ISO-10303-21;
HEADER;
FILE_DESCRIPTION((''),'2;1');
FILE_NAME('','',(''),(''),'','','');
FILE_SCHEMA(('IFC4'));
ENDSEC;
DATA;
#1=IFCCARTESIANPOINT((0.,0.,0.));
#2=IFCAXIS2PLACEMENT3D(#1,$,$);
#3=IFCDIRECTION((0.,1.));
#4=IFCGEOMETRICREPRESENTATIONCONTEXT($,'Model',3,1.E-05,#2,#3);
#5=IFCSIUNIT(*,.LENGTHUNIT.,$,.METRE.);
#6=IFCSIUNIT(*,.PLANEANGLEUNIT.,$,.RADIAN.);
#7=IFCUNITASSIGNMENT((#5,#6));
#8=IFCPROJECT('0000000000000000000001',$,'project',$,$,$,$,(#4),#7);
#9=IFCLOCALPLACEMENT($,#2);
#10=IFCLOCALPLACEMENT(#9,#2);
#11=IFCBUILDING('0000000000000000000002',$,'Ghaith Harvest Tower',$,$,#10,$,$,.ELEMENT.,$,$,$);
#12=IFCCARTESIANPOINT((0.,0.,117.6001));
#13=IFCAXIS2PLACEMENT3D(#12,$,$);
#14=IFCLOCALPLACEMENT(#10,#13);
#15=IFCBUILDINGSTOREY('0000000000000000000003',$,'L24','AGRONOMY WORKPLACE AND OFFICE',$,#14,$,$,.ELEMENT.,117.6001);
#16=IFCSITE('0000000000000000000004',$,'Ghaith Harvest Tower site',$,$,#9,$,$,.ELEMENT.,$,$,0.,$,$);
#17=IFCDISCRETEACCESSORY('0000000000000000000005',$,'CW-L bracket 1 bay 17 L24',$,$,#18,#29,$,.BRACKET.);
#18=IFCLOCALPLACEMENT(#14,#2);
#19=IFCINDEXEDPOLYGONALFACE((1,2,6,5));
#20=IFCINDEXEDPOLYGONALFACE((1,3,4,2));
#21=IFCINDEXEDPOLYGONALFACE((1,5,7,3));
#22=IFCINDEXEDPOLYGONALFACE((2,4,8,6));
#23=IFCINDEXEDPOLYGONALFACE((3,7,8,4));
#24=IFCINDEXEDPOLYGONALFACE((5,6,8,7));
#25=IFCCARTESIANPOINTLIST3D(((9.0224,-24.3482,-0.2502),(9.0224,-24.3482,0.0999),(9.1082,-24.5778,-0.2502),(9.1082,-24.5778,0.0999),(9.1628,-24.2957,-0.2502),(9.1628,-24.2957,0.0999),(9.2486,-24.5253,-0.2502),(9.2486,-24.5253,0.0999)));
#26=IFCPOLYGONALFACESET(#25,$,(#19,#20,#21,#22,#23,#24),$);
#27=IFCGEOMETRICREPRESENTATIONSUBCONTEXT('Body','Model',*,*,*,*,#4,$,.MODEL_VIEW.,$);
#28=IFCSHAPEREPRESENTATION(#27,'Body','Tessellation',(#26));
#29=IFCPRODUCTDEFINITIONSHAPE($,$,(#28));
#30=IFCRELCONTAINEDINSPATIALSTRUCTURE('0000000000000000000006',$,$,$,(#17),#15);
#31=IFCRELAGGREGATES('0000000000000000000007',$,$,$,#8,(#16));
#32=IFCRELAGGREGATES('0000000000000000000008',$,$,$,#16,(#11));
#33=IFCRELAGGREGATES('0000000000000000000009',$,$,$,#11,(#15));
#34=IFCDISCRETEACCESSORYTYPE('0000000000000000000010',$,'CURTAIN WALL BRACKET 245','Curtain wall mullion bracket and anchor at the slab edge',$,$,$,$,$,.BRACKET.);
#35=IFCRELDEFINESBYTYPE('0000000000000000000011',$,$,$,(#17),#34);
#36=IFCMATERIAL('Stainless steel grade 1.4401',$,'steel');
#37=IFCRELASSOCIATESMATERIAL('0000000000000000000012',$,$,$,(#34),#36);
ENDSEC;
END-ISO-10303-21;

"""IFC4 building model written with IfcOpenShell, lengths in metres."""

from ifc_helpers import new_model, si_unit, direction, frame, origin, origin_2d, place, context, subcontext, project, spatial, rectangle, extrude, material, type_object, element, save


model = new_model("IFC4")

# Units and contexts
model_context = context("Model", 3, precision=1e-05, world=origin(), true_north=direction((0.0, 1.0)))
body_context = subcontext(model_context, "Body", "Model", "MODEL_VIEW")
ifc_project = project(units=[si_unit("LENGTHUNIT", "METRE"), si_unit("PLANEANGLEUNIT", "RADIAN")], contexts=[model_context])

# Site, building, storey
site_placement = place(None, origin())
site = spatial("IfcSite", under=ifc_project, at=site_placement, Name="Ghaith Harvest Tower site", CompositionType="ELEMENT", RefElevation=0.0)
building_placement = place(site_placement, origin())
building = spatial("IfcBuilding", under=site, at=building_placement, Name="Ghaith Harvest Tower", CompositionType="ELEMENT")
storey_placement = place(building_placement, frame((0.0, 0.0, 117.6001)))
storey = spatial("IfcBuildingStorey", under=building, at=storey_placement, Name="L24", Description="AGRONOMY WORKPLACE AND OFFICE", CompositionType="ELEMENT", Elevation=117.6001)

# Discrete accessory
ifc_material_1 = material(Name="Stainless steel grade 1.4401", Category="steel")
discrete_accessory_type = type_object("IfcDiscreteAccessoryType", Name="CURTAIN WALL BRACKET 245", Description="Curtain wall mullion bracket and anchor at the slab edge", PredefinedType="BRACKET", material=ifc_material_1)
discrete_accessory_placement = place(storey_placement, frame((9.1355, -24.4368, -0.2502), z_axis=(0.0, 0.0, 1.0), x_axis=(0.350168, -0.936687, 0.0)))
element("IfcDiscreteAccessory", 1, at=discrete_accessory_placement, inside=storey, type_object=discrete_accessory_type, Name="CW-L bracket 1 bay 17 L24", PredefinedType="BRACKET", context=body_context, shape_type="SweptSolid", body=[
    extrude(rectangle(XDim=0.2451, YDim=0.1499, at=origin_2d()), origin(), (0.0, 0.0, 1.0), 0.3501),
])

save(model, "model.ifc")
